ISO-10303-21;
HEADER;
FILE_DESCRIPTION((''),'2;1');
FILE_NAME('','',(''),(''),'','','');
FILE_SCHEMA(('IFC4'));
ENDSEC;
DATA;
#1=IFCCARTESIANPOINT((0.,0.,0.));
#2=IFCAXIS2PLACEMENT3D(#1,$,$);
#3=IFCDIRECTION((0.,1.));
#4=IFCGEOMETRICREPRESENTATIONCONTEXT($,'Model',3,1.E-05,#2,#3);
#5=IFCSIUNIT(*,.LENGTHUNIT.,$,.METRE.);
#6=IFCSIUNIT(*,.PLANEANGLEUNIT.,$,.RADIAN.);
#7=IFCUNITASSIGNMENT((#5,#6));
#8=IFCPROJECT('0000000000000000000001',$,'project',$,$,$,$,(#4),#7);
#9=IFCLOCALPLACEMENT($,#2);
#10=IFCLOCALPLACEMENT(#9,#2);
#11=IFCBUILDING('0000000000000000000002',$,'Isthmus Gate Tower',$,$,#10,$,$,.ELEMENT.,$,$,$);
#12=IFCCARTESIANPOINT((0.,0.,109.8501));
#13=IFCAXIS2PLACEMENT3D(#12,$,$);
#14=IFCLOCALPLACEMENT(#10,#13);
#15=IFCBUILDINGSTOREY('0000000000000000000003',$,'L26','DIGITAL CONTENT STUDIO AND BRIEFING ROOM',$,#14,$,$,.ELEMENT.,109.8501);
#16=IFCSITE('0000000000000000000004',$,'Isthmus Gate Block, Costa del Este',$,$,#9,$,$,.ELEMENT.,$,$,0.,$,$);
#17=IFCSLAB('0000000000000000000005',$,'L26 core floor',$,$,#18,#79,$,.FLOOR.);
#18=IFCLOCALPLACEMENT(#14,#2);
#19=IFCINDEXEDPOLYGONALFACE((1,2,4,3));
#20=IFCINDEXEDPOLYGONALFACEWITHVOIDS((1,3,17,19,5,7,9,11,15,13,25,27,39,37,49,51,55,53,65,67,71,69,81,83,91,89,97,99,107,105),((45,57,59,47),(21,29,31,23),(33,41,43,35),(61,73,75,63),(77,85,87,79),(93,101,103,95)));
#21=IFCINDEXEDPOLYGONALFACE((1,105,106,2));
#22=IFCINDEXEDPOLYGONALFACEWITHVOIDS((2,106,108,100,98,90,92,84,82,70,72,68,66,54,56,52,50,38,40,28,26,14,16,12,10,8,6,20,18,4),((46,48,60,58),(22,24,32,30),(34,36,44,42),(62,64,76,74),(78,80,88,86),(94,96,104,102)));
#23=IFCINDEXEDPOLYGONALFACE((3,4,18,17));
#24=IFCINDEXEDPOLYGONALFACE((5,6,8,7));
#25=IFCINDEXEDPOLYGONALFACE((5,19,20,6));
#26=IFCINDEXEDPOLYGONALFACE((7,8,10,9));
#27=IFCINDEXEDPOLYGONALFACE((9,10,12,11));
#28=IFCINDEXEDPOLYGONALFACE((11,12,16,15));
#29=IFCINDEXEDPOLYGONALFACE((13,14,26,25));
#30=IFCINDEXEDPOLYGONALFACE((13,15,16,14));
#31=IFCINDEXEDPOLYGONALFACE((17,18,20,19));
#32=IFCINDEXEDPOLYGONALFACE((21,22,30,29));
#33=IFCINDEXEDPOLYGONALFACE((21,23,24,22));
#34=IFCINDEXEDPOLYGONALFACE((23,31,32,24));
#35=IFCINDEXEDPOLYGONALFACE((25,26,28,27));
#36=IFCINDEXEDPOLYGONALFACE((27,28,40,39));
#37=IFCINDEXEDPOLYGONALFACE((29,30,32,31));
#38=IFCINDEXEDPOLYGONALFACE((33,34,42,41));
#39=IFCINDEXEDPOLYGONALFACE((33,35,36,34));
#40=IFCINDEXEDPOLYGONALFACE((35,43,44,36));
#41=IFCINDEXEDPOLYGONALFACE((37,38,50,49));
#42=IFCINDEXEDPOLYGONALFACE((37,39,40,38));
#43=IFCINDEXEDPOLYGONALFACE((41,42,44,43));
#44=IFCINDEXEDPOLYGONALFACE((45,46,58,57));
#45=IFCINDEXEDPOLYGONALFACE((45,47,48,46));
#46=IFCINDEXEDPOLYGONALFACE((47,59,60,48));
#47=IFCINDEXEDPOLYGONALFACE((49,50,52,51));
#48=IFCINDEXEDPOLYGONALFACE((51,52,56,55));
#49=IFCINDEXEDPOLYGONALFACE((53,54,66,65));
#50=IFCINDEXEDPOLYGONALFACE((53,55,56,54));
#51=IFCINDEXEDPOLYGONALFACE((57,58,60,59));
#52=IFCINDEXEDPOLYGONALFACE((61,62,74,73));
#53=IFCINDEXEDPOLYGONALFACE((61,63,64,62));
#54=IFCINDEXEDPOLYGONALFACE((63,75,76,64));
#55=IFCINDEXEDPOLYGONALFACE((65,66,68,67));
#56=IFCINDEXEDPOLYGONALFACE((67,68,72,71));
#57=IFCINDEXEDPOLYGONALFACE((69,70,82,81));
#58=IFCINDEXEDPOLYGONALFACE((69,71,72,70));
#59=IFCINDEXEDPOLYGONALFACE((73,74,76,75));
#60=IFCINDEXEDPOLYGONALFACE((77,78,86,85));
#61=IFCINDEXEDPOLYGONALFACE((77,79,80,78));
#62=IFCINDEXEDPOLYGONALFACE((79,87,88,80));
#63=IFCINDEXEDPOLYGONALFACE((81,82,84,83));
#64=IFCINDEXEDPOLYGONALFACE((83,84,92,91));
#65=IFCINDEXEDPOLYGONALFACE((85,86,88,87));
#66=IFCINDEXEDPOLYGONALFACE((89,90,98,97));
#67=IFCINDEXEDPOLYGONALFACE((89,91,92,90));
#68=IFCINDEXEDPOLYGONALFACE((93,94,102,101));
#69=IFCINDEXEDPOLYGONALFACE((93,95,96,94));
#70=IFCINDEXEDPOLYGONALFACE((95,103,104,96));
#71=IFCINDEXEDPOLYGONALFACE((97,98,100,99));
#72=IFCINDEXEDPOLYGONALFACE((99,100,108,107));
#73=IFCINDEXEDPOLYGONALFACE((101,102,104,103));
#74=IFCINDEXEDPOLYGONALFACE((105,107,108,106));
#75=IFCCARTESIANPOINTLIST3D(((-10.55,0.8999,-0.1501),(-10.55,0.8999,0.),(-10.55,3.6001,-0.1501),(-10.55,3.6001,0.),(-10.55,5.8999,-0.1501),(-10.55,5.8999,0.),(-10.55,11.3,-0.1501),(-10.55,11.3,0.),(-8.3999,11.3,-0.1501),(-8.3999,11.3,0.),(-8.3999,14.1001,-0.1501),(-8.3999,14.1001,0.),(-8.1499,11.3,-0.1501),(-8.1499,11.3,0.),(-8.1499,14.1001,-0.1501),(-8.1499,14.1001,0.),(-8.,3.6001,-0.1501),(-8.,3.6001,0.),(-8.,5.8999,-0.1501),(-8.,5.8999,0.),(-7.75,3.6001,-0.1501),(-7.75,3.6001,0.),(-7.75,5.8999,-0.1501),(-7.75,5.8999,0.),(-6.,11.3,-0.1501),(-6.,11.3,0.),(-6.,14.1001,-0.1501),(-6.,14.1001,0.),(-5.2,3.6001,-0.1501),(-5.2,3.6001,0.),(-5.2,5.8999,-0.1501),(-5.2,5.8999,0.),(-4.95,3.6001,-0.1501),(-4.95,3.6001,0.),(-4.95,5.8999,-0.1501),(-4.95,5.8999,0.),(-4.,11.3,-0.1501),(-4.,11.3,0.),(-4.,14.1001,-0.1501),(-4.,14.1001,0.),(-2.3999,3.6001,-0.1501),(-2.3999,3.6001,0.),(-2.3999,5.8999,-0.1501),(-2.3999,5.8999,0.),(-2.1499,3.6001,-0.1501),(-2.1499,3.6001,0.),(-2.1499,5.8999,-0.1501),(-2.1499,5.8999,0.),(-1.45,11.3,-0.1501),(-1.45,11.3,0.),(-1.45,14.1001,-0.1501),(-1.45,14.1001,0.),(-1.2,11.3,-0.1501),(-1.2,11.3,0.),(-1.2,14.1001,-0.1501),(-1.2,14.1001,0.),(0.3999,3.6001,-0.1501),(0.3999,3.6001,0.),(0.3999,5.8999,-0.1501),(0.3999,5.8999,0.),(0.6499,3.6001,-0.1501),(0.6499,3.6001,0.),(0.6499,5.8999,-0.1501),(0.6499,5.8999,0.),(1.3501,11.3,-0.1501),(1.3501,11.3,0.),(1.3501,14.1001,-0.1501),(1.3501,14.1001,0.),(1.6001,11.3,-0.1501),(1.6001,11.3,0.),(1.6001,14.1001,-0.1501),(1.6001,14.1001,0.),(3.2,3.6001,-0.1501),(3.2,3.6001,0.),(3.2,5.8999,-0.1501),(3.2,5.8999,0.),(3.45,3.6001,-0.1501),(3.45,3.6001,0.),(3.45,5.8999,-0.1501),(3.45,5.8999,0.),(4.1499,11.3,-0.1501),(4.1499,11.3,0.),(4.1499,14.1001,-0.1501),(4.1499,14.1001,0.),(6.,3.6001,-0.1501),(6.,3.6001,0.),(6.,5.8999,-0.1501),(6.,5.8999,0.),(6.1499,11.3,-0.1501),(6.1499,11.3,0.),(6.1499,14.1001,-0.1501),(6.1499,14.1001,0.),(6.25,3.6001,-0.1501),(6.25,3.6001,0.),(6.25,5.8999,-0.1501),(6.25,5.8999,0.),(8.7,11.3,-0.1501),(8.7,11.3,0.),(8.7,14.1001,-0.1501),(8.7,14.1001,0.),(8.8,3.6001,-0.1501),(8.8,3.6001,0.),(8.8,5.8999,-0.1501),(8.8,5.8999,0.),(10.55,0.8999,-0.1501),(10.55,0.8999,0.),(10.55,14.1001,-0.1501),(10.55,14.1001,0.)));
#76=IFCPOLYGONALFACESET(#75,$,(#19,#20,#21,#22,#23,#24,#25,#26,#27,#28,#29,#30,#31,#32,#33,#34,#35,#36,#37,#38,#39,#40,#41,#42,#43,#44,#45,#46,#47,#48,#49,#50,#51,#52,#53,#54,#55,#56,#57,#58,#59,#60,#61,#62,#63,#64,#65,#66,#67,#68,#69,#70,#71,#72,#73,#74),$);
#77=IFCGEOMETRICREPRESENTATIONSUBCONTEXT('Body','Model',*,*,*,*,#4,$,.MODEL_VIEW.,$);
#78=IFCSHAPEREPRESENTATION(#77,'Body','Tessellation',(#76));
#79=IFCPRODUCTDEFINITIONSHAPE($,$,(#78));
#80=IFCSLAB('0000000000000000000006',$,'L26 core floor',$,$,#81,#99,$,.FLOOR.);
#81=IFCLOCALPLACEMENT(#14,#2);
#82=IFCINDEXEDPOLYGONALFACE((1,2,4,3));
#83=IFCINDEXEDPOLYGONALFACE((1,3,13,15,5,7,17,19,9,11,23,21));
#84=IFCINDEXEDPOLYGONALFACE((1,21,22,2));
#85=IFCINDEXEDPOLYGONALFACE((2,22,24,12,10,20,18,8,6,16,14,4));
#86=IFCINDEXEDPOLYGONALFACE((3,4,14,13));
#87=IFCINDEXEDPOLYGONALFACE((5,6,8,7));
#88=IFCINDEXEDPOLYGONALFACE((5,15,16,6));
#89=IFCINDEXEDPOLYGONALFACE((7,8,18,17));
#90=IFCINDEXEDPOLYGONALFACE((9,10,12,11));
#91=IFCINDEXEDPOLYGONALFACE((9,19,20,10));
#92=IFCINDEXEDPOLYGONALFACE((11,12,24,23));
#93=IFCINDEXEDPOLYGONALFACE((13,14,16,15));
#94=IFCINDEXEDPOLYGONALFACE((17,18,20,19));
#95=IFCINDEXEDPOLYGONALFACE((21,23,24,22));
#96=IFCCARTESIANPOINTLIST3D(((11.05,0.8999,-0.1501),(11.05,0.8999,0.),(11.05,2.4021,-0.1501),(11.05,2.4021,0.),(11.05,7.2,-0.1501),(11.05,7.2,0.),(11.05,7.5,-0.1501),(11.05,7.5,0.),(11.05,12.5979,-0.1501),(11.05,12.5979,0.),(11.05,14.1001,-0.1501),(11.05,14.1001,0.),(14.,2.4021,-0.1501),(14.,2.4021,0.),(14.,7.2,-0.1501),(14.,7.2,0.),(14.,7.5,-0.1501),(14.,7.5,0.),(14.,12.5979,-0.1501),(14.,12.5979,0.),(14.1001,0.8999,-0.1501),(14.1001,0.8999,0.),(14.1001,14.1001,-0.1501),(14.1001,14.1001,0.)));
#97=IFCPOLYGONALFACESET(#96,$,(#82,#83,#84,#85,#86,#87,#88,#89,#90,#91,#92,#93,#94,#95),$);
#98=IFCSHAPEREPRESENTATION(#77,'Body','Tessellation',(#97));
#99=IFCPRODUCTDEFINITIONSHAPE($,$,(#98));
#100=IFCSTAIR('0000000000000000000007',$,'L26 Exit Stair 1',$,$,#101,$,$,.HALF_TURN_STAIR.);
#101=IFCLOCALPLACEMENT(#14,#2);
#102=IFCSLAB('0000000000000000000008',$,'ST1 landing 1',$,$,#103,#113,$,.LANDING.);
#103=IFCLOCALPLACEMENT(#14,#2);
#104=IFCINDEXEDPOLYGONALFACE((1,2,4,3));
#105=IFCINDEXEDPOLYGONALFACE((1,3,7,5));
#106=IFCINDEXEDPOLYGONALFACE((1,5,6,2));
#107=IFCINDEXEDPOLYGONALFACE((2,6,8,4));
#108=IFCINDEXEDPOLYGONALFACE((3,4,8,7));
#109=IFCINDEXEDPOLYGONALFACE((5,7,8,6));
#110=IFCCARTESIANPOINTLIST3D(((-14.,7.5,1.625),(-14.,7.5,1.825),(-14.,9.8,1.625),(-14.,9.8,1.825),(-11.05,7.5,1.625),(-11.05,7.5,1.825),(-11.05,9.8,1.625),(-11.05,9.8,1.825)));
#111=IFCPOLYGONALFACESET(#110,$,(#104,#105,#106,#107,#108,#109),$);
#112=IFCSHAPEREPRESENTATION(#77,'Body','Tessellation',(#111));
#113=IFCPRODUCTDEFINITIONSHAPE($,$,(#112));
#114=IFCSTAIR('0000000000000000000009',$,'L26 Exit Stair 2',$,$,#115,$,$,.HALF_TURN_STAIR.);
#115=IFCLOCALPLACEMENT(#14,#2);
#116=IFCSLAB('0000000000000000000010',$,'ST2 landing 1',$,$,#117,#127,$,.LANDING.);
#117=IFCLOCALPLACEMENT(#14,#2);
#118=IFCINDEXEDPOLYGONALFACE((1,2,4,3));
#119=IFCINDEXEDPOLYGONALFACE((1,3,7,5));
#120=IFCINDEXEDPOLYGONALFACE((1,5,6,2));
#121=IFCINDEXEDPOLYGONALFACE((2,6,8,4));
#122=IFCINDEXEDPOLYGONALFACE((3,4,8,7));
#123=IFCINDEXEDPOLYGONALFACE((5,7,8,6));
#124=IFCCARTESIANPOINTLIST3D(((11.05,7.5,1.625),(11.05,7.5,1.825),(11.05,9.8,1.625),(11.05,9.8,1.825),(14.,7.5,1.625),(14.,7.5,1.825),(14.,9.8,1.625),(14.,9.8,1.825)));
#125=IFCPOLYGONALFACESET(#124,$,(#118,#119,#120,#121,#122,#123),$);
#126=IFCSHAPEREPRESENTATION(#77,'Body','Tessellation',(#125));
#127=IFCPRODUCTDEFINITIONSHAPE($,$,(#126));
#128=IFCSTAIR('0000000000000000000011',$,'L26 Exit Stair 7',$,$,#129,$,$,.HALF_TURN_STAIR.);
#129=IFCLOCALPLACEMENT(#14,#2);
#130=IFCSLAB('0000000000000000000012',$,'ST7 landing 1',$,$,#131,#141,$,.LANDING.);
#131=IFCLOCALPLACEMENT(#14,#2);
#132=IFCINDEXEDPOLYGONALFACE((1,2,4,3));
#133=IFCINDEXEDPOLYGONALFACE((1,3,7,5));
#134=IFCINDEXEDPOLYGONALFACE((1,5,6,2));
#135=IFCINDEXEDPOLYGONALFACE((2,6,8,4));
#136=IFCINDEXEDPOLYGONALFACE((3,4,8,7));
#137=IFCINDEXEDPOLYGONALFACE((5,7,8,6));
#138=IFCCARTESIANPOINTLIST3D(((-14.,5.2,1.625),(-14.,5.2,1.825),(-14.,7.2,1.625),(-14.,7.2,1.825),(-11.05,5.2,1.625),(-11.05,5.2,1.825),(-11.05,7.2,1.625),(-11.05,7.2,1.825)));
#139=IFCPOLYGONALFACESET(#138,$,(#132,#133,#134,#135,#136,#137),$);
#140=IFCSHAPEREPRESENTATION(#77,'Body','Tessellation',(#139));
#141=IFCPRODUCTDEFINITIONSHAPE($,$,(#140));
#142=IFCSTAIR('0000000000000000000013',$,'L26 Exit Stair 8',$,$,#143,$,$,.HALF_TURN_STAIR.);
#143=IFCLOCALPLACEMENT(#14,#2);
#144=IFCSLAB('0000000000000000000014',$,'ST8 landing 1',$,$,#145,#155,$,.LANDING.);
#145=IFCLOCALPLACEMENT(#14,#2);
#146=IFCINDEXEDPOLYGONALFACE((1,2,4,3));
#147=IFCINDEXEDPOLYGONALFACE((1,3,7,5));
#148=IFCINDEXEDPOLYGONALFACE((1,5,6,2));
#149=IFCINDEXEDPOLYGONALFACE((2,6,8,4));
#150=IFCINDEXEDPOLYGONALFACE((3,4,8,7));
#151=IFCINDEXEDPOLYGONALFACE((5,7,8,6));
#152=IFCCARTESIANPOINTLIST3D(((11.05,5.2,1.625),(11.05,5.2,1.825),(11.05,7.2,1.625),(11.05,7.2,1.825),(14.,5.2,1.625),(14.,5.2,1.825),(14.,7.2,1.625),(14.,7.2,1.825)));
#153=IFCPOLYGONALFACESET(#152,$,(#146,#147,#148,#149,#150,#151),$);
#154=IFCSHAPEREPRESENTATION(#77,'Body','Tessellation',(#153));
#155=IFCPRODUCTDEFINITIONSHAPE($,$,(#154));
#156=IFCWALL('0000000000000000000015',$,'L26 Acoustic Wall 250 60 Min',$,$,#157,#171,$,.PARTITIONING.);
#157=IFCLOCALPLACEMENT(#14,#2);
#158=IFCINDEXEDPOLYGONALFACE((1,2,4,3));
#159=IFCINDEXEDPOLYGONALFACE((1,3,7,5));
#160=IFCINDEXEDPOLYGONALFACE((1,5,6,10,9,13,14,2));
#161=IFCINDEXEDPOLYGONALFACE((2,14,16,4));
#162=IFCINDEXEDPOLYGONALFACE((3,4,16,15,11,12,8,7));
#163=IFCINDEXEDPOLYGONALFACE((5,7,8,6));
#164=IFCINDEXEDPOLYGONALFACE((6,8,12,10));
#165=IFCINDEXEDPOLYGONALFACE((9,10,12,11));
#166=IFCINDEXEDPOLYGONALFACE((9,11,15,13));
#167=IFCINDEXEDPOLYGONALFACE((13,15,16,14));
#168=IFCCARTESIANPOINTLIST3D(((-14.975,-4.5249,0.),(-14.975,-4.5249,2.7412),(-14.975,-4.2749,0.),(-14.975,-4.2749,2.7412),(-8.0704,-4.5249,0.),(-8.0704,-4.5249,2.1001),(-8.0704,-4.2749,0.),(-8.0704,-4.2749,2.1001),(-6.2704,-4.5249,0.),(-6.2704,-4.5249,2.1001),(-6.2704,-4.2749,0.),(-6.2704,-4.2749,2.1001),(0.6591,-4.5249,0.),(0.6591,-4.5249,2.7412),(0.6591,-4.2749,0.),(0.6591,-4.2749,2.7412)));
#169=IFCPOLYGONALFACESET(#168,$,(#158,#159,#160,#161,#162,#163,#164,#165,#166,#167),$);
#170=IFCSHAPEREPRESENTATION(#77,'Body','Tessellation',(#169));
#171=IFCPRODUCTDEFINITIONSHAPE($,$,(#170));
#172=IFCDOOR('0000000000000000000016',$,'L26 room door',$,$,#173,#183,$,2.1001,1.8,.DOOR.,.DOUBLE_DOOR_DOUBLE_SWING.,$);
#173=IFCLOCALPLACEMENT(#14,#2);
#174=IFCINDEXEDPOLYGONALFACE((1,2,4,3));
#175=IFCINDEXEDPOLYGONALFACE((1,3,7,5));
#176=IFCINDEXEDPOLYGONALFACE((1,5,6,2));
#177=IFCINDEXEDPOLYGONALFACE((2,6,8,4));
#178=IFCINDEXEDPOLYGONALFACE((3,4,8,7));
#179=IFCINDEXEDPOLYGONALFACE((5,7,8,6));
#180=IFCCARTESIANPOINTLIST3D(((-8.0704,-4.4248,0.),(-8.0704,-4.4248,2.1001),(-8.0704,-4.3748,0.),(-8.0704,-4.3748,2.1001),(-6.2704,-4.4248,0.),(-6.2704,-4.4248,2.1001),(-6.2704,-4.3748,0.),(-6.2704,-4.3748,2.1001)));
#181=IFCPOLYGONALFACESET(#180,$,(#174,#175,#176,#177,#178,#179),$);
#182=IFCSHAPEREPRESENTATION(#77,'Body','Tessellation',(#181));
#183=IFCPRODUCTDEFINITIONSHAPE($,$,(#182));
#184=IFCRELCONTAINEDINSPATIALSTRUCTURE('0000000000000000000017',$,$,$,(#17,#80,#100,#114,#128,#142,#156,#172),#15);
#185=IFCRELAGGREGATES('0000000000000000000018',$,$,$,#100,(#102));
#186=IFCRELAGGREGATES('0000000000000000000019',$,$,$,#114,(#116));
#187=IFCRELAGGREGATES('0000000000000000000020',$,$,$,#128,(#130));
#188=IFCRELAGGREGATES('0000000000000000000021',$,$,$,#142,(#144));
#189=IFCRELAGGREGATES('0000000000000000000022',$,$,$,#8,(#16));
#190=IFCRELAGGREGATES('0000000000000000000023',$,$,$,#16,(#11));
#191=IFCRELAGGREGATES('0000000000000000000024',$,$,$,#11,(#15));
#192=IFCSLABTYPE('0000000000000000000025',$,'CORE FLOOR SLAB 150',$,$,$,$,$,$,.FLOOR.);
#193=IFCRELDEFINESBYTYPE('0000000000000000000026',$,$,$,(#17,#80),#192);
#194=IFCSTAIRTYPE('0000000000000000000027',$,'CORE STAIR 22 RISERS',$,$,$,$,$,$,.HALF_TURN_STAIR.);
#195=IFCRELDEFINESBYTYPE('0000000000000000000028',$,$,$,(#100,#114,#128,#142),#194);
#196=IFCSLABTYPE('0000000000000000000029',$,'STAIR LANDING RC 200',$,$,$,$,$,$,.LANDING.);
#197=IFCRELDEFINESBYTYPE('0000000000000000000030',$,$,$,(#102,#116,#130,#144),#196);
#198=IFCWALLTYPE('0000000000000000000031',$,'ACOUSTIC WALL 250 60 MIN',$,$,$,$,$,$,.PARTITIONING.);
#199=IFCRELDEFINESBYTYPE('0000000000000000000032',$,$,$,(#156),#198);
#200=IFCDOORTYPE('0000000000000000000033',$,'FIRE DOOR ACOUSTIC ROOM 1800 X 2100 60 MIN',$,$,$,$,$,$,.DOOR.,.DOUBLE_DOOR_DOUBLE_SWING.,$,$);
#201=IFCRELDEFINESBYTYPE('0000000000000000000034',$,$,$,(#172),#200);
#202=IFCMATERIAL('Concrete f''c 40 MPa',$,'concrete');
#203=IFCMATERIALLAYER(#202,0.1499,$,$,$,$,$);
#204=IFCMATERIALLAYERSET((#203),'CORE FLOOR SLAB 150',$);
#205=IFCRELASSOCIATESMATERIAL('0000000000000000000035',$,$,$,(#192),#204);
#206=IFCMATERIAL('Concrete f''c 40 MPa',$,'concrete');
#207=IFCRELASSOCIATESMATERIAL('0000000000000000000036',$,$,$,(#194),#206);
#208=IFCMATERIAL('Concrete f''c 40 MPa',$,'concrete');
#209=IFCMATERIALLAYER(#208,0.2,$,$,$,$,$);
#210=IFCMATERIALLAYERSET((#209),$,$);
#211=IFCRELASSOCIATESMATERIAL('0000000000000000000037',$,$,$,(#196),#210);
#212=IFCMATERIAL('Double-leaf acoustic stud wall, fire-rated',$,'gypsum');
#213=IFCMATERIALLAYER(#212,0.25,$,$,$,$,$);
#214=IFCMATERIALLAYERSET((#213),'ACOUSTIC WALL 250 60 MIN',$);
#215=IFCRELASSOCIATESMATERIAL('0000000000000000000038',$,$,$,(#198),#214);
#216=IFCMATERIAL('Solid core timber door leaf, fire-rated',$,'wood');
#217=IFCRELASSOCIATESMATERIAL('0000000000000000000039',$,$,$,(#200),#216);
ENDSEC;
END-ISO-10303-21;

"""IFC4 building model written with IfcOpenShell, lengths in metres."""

from ifc_helpers import new_model, si_unit, direction, frame, frame_2d, origin, place, context, subcontext, project, spatial, polyline, rectangle, outline, extrude, material, layer, layer_set, type_object, element, fill, aggregate, save


model = new_model("IFC4")

# Units and contexts
model_context = context("Model", 3, precision=1e-05, world=origin(), true_north=direction((0.0, 1.0)))
body_context = subcontext(model_context, "Body", "Model", "MODEL_VIEW")
ifc_project = project(units=[si_unit("LENGTHUNIT", "METRE"), si_unit("PLANEANGLEUNIT", "RADIAN")], contexts=[model_context])

# Site, building, storey
site_placement = place(None, origin())
site = spatial("IfcSite", under=ifc_project, at=site_placement, Name="Isthmus Gate Block, Costa del Este", CompositionType="ELEMENT", RefElevation=0.0)
building_placement = place(site_placement, origin())
building = spatial("IfcBuilding", under=site, at=building_placement, Name="Isthmus Gate Tower", CompositionType="ELEMENT")
storey_placement = place(building_placement, frame((0.0, 0.0, 109.8501)))
storey = spatial("IfcBuildingStorey", under=building, at=storey_placement, Name="L26", Description="DIGITAL CONTENT STUDIO AND BRIEFING ROOM", CompositionType="ELEMENT", Elevation=109.8501)

# Slabs
ifc_material_1 = material(Name="Concrete f'c 40 MPa", Category="concrete")
ifc_layer_1 = layer(ifc_material_1, 0.1499)
ifc_layer_set_1 = layer_set([ifc_layer_1], Name="CORE FLOOR SLAB 150")
slab_type_1 = type_object("IfcSlabType", Name="CORE FLOOR SLAB 150", PredefinedType="FLOOR", material=ifc_layer_set_1)
slab_1_placement = place(storey_placement, frame((0.0, 0.0, -0.1501)))
element("IfcSlab", 1, at=slab_1_placement, inside=storey, type_object=slab_type_1, Name="L26 core floor", PredefinedType="FLOOR", context=body_context, shape_type="SweptSolid", body=[
    extrude(outline(polyline([(10.55, 14.1001), (8.7, 14.1001), (8.7, 11.3), (6.1499, 11.3), (6.1499, 14.1001), (4.1499, 14.1001), (4.1499, 11.3), (1.6001, 11.3), (1.6001, 14.1001), (1.3501, 14.1001), (1.3501, 11.3), (-1.2, 11.3), (-1.2, 14.1001), (-1.45, 14.1001), (-1.45, 11.3), (-4.0, 11.3), (-4.0, 14.1001), (-6.0, 14.1001), (-6.0, 11.3), (-8.1499, 11.3), (-8.1499, 14.1001), (-8.3999, 14.1001), (-8.3999, 11.3), (-10.55, 11.3), (-10.55, 5.8999), (-8.0, 5.8999), (-8.0, 3.6001), (-10.55, 3.6001), (-10.55, 0.8999), (10.55, 0.8999), (10.55, 14.1001)]), holes=[polyline([(-5.2, 5.8999), (-5.2, 3.6001), (-7.75, 3.6001), (-7.75, 5.8999), (-5.2, 5.8999)]), polyline([(-2.3999, 5.8999), (-2.3999, 3.6001), (-4.95, 3.6001), (-4.95, 5.8999), (-2.3999, 5.8999)]), polyline([(0.3999, 5.8999), (0.3999, 3.6001), (-2.1499, 3.6001), (-2.1499, 5.8999), (0.3999, 5.8999)]), polyline([(3.2, 5.8999), (3.2, 3.6001), (0.6499, 3.6001), (0.6499, 5.8999), (3.2, 5.8999)]), polyline([(6.0, 5.8999), (6.0, 3.6001), (3.45, 3.6001), (3.45, 5.8999), (6.0, 5.8999)]), polyline([(8.8, 5.8999), (8.8, 3.6001), (6.25, 3.6001), (6.25, 5.8999), (8.8, 5.8999)])]), origin(), (0.0, 0.0, 1.0), 0.1501),
])
slab_2_placement = place(storey_placement, frame((0.0, 0.0, -0.1501)))
element("IfcSlab", 2, at=slab_2_placement, inside=storey, type_object=slab_type_1, Name="L26 core floor", PredefinedType="FLOOR", context=body_context, shape_type="SweptSolid", body=[
    extrude(outline(polyline([(11.05, 14.1001), (11.05, 12.5979), (14.0, 12.5979), (14.0, 7.5), (11.05, 7.5), (11.05, 7.2), (14.0, 7.2), (14.0, 2.4021), (11.05, 2.4021), (11.05, 0.8999), (14.1001, 0.8999), (14.1001, 14.1001), (11.05, 14.1001)])), origin(), (0.0, 0.0, 1.0), 0.1501),
])

# Stairs, slabs
ifc_material_2 = material(Name="Concrete f'c 40 MPa", Category="concrete")
stair_type = type_object("IfcStairType", Name="CORE STAIR 22 RISERS", PredefinedType="HALF_TURN_STAIR", material=ifc_material_2)
stair_1_placement = place(storey_placement, origin())
stair_1 = element("IfcStair", 3, at=stair_1_placement, inside=storey, type_object=stair_type, Name="L26 Exit Stair 1", PredefinedType="HALF_TURN_STAIR")
ifc_material_3 = material(Name="Concrete f'c 40 MPa", Category="concrete")
ifc_layer_2 = layer(ifc_material_3, 0.2)
ifc_layer_set_2 = layer_set([ifc_layer_2])
slab_type_2 = type_object("IfcSlabType", Name="STAIR LANDING RC 200", PredefinedType="LANDING", material=ifc_layer_set_2)
slab_3_placement = place(storey_placement, frame((0.0, 0.0, 1.625)))
slab_3 = element("IfcSlab", 4, at=slab_3_placement, type_object=slab_type_2, Name="ST1 landing 1", PredefinedType="LANDING", context=body_context, shape_type="SweptSolid", body=[
    extrude(outline(polyline([(-14.0, 9.8), (-14.0, 7.5), (-11.05, 7.5), (-11.05, 9.8), (-14.0, 9.8)])), origin(), (0.0, 0.0, 1.0), 0.2),
])
aggregate(stair_1, [slab_3])
stair_2_placement = place(storey_placement, origin())
stair_2 = element("IfcStair", 5, at=stair_2_placement, inside=storey, type_object=stair_type, Name="L26 Exit Stair 2", PredefinedType="HALF_TURN_STAIR")
slab_4_placement = place(storey_placement, frame((0.0, 0.0, 1.625)))
slab_4 = element("IfcSlab", 6, at=slab_4_placement, type_object=slab_type_2, Name="ST2 landing 1", PredefinedType="LANDING", context=body_context, shape_type="SweptSolid", body=[
    extrude(outline(polyline([(11.05, 9.8), (11.05, 7.5), (14.0, 7.5), (14.0, 9.8), (11.05, 9.8)])), origin(), (0.0, 0.0, 1.0), 0.2),
])
aggregate(stair_2, [slab_4])
stair_3_placement = place(storey_placement, origin())
stair_3 = element("IfcStair", 7, at=stair_3_placement, inside=storey, type_object=stair_type, Name="L26 Exit Stair 7", PredefinedType="HALF_TURN_STAIR")
slab_5_placement = place(storey_placement, frame((0.0, 0.0, 1.625)))
slab_5 = element("IfcSlab", 8, at=slab_5_placement, type_object=slab_type_2, Name="ST7 landing 1", PredefinedType="LANDING", context=body_context, shape_type="SweptSolid", body=[
    extrude(outline(polyline([(-11.05, 5.2), (-11.05, 7.2), (-14.0, 7.2), (-14.0, 5.2), (-11.05, 5.2)])), origin(), (0.0, 0.0, 1.0), 0.2),
])
aggregate(stair_3, [slab_5])
stair_4_placement = place(storey_placement, origin())
stair_4 = element("IfcStair", 9, at=stair_4_placement, inside=storey, type_object=stair_type, Name="L26 Exit Stair 8", PredefinedType="HALF_TURN_STAIR")
slab_6_placement = place(storey_placement, frame((0.0, 0.0, 1.625)))
slab_6 = element("IfcSlab", 10, at=slab_6_placement, type_object=slab_type_2, Name="ST8 landing 1", PredefinedType="LANDING", context=body_context, shape_type="SweptSolid", body=[
    extrude(outline(polyline([(14.0, 5.2), (14.0, 7.2), (11.05, 7.2), (11.05, 5.2), (14.0, 5.2)])), origin(), (0.0, 0.0, 1.0), 0.2),
])

# Wall, opening, door
ifc_material_4 = material(Name="Double-leaf acoustic stud wall, fire-rated", Category="gypsum")
ifc_layer_3 = layer(ifc_material_4, 0.25)
ifc_layer_set_3 = layer_set([ifc_layer_3], Name="ACOUSTIC WALL 250 60 MIN")
wall_type_1 = type_object("IfcWallType", Name="ACOUSTIC WALL 250 60 MIN", PredefinedType="PARTITIONING", material=ifc_layer_set_3)
wall_1_placement = place(storey_placement, frame((0.6589, -4.3999, 0.0), z_axis=(0.0, 0.0, 1.0), x_axis=(-1.0, 0.0, 0.0)))
wall_1 = element("IfcWall", 11, at=wall_1_placement, inside=storey, type_object=wall_type_1, Name="L26 Acoustic Wall 250 60 Min", PredefinedType="PARTITIONING", context=body_context, shape_type="SweptSolid", body=[
    extrude(rectangle(XDim=15.634, YDim=0.25, at=frame_2d((7.8169, 0.0))), origin(), (0.0, 0.0, 1.0), 2.7412),
])
opening_1_placement = place(wall_1_placement, frame((6.9294, 0.0, 0.0)))
opening_1 = element("IfcOpeningElement", 12, at=opening_1_placement, cuts=wall_1, PredefinedType="OPENING", context=body_context, shape_type="SweptSolid", body=[
    extrude(rectangle(XDim=1.8, YDim=2.1001, at=frame_2d((0.8999, 1.05))), frame((0.0, 0.135, 0.0), z_axis=(0.0, -1.0, 0.0), x_axis=(1.0, 0.0, 0.0)), (0.0, 0.0, 1.0), 0.27),
])
ifc_material_5 = material(Name="Solid core timber door leaf, fire-rated", Category="wood")
door_type = type_object("IfcDoorType", Name="FIRE DOOR ACOUSTIC ROOM 1800 X 2100 60 MIN", OperationType="DOUBLE_DOOR_DOUBLE_SWING", PredefinedType="DOOR", material=ifc_material_5)
door_1_placement = place(opening_1_placement, origin())
door_1 = element("IfcDoor", 13, at=door_1_placement, inside=storey, type_object=door_type, Name="L26 room door", OperationType="DOUBLE_DOOR_DOUBLE_SWING", OverallHeight=2.1001, OverallWidth=1.8, PredefinedType="DOOR", context=body_context, shape_type="SweptSolid", body=[
    extrude(rectangle(XDim=1.8, YDim=2.1001, at=frame_2d((0.8999, 1.05))), frame((0.0, 0.0249, 0.0), z_axis=(0.0, -1.0, 0.0), x_axis=(1.0, 0.0, 0.0)), (0.0, 0.0, 1.0), 0.05),
])
fill(opening_1, door_1)

aggregate(stair_4, [slab_6])

save(model, "model.ifc")
